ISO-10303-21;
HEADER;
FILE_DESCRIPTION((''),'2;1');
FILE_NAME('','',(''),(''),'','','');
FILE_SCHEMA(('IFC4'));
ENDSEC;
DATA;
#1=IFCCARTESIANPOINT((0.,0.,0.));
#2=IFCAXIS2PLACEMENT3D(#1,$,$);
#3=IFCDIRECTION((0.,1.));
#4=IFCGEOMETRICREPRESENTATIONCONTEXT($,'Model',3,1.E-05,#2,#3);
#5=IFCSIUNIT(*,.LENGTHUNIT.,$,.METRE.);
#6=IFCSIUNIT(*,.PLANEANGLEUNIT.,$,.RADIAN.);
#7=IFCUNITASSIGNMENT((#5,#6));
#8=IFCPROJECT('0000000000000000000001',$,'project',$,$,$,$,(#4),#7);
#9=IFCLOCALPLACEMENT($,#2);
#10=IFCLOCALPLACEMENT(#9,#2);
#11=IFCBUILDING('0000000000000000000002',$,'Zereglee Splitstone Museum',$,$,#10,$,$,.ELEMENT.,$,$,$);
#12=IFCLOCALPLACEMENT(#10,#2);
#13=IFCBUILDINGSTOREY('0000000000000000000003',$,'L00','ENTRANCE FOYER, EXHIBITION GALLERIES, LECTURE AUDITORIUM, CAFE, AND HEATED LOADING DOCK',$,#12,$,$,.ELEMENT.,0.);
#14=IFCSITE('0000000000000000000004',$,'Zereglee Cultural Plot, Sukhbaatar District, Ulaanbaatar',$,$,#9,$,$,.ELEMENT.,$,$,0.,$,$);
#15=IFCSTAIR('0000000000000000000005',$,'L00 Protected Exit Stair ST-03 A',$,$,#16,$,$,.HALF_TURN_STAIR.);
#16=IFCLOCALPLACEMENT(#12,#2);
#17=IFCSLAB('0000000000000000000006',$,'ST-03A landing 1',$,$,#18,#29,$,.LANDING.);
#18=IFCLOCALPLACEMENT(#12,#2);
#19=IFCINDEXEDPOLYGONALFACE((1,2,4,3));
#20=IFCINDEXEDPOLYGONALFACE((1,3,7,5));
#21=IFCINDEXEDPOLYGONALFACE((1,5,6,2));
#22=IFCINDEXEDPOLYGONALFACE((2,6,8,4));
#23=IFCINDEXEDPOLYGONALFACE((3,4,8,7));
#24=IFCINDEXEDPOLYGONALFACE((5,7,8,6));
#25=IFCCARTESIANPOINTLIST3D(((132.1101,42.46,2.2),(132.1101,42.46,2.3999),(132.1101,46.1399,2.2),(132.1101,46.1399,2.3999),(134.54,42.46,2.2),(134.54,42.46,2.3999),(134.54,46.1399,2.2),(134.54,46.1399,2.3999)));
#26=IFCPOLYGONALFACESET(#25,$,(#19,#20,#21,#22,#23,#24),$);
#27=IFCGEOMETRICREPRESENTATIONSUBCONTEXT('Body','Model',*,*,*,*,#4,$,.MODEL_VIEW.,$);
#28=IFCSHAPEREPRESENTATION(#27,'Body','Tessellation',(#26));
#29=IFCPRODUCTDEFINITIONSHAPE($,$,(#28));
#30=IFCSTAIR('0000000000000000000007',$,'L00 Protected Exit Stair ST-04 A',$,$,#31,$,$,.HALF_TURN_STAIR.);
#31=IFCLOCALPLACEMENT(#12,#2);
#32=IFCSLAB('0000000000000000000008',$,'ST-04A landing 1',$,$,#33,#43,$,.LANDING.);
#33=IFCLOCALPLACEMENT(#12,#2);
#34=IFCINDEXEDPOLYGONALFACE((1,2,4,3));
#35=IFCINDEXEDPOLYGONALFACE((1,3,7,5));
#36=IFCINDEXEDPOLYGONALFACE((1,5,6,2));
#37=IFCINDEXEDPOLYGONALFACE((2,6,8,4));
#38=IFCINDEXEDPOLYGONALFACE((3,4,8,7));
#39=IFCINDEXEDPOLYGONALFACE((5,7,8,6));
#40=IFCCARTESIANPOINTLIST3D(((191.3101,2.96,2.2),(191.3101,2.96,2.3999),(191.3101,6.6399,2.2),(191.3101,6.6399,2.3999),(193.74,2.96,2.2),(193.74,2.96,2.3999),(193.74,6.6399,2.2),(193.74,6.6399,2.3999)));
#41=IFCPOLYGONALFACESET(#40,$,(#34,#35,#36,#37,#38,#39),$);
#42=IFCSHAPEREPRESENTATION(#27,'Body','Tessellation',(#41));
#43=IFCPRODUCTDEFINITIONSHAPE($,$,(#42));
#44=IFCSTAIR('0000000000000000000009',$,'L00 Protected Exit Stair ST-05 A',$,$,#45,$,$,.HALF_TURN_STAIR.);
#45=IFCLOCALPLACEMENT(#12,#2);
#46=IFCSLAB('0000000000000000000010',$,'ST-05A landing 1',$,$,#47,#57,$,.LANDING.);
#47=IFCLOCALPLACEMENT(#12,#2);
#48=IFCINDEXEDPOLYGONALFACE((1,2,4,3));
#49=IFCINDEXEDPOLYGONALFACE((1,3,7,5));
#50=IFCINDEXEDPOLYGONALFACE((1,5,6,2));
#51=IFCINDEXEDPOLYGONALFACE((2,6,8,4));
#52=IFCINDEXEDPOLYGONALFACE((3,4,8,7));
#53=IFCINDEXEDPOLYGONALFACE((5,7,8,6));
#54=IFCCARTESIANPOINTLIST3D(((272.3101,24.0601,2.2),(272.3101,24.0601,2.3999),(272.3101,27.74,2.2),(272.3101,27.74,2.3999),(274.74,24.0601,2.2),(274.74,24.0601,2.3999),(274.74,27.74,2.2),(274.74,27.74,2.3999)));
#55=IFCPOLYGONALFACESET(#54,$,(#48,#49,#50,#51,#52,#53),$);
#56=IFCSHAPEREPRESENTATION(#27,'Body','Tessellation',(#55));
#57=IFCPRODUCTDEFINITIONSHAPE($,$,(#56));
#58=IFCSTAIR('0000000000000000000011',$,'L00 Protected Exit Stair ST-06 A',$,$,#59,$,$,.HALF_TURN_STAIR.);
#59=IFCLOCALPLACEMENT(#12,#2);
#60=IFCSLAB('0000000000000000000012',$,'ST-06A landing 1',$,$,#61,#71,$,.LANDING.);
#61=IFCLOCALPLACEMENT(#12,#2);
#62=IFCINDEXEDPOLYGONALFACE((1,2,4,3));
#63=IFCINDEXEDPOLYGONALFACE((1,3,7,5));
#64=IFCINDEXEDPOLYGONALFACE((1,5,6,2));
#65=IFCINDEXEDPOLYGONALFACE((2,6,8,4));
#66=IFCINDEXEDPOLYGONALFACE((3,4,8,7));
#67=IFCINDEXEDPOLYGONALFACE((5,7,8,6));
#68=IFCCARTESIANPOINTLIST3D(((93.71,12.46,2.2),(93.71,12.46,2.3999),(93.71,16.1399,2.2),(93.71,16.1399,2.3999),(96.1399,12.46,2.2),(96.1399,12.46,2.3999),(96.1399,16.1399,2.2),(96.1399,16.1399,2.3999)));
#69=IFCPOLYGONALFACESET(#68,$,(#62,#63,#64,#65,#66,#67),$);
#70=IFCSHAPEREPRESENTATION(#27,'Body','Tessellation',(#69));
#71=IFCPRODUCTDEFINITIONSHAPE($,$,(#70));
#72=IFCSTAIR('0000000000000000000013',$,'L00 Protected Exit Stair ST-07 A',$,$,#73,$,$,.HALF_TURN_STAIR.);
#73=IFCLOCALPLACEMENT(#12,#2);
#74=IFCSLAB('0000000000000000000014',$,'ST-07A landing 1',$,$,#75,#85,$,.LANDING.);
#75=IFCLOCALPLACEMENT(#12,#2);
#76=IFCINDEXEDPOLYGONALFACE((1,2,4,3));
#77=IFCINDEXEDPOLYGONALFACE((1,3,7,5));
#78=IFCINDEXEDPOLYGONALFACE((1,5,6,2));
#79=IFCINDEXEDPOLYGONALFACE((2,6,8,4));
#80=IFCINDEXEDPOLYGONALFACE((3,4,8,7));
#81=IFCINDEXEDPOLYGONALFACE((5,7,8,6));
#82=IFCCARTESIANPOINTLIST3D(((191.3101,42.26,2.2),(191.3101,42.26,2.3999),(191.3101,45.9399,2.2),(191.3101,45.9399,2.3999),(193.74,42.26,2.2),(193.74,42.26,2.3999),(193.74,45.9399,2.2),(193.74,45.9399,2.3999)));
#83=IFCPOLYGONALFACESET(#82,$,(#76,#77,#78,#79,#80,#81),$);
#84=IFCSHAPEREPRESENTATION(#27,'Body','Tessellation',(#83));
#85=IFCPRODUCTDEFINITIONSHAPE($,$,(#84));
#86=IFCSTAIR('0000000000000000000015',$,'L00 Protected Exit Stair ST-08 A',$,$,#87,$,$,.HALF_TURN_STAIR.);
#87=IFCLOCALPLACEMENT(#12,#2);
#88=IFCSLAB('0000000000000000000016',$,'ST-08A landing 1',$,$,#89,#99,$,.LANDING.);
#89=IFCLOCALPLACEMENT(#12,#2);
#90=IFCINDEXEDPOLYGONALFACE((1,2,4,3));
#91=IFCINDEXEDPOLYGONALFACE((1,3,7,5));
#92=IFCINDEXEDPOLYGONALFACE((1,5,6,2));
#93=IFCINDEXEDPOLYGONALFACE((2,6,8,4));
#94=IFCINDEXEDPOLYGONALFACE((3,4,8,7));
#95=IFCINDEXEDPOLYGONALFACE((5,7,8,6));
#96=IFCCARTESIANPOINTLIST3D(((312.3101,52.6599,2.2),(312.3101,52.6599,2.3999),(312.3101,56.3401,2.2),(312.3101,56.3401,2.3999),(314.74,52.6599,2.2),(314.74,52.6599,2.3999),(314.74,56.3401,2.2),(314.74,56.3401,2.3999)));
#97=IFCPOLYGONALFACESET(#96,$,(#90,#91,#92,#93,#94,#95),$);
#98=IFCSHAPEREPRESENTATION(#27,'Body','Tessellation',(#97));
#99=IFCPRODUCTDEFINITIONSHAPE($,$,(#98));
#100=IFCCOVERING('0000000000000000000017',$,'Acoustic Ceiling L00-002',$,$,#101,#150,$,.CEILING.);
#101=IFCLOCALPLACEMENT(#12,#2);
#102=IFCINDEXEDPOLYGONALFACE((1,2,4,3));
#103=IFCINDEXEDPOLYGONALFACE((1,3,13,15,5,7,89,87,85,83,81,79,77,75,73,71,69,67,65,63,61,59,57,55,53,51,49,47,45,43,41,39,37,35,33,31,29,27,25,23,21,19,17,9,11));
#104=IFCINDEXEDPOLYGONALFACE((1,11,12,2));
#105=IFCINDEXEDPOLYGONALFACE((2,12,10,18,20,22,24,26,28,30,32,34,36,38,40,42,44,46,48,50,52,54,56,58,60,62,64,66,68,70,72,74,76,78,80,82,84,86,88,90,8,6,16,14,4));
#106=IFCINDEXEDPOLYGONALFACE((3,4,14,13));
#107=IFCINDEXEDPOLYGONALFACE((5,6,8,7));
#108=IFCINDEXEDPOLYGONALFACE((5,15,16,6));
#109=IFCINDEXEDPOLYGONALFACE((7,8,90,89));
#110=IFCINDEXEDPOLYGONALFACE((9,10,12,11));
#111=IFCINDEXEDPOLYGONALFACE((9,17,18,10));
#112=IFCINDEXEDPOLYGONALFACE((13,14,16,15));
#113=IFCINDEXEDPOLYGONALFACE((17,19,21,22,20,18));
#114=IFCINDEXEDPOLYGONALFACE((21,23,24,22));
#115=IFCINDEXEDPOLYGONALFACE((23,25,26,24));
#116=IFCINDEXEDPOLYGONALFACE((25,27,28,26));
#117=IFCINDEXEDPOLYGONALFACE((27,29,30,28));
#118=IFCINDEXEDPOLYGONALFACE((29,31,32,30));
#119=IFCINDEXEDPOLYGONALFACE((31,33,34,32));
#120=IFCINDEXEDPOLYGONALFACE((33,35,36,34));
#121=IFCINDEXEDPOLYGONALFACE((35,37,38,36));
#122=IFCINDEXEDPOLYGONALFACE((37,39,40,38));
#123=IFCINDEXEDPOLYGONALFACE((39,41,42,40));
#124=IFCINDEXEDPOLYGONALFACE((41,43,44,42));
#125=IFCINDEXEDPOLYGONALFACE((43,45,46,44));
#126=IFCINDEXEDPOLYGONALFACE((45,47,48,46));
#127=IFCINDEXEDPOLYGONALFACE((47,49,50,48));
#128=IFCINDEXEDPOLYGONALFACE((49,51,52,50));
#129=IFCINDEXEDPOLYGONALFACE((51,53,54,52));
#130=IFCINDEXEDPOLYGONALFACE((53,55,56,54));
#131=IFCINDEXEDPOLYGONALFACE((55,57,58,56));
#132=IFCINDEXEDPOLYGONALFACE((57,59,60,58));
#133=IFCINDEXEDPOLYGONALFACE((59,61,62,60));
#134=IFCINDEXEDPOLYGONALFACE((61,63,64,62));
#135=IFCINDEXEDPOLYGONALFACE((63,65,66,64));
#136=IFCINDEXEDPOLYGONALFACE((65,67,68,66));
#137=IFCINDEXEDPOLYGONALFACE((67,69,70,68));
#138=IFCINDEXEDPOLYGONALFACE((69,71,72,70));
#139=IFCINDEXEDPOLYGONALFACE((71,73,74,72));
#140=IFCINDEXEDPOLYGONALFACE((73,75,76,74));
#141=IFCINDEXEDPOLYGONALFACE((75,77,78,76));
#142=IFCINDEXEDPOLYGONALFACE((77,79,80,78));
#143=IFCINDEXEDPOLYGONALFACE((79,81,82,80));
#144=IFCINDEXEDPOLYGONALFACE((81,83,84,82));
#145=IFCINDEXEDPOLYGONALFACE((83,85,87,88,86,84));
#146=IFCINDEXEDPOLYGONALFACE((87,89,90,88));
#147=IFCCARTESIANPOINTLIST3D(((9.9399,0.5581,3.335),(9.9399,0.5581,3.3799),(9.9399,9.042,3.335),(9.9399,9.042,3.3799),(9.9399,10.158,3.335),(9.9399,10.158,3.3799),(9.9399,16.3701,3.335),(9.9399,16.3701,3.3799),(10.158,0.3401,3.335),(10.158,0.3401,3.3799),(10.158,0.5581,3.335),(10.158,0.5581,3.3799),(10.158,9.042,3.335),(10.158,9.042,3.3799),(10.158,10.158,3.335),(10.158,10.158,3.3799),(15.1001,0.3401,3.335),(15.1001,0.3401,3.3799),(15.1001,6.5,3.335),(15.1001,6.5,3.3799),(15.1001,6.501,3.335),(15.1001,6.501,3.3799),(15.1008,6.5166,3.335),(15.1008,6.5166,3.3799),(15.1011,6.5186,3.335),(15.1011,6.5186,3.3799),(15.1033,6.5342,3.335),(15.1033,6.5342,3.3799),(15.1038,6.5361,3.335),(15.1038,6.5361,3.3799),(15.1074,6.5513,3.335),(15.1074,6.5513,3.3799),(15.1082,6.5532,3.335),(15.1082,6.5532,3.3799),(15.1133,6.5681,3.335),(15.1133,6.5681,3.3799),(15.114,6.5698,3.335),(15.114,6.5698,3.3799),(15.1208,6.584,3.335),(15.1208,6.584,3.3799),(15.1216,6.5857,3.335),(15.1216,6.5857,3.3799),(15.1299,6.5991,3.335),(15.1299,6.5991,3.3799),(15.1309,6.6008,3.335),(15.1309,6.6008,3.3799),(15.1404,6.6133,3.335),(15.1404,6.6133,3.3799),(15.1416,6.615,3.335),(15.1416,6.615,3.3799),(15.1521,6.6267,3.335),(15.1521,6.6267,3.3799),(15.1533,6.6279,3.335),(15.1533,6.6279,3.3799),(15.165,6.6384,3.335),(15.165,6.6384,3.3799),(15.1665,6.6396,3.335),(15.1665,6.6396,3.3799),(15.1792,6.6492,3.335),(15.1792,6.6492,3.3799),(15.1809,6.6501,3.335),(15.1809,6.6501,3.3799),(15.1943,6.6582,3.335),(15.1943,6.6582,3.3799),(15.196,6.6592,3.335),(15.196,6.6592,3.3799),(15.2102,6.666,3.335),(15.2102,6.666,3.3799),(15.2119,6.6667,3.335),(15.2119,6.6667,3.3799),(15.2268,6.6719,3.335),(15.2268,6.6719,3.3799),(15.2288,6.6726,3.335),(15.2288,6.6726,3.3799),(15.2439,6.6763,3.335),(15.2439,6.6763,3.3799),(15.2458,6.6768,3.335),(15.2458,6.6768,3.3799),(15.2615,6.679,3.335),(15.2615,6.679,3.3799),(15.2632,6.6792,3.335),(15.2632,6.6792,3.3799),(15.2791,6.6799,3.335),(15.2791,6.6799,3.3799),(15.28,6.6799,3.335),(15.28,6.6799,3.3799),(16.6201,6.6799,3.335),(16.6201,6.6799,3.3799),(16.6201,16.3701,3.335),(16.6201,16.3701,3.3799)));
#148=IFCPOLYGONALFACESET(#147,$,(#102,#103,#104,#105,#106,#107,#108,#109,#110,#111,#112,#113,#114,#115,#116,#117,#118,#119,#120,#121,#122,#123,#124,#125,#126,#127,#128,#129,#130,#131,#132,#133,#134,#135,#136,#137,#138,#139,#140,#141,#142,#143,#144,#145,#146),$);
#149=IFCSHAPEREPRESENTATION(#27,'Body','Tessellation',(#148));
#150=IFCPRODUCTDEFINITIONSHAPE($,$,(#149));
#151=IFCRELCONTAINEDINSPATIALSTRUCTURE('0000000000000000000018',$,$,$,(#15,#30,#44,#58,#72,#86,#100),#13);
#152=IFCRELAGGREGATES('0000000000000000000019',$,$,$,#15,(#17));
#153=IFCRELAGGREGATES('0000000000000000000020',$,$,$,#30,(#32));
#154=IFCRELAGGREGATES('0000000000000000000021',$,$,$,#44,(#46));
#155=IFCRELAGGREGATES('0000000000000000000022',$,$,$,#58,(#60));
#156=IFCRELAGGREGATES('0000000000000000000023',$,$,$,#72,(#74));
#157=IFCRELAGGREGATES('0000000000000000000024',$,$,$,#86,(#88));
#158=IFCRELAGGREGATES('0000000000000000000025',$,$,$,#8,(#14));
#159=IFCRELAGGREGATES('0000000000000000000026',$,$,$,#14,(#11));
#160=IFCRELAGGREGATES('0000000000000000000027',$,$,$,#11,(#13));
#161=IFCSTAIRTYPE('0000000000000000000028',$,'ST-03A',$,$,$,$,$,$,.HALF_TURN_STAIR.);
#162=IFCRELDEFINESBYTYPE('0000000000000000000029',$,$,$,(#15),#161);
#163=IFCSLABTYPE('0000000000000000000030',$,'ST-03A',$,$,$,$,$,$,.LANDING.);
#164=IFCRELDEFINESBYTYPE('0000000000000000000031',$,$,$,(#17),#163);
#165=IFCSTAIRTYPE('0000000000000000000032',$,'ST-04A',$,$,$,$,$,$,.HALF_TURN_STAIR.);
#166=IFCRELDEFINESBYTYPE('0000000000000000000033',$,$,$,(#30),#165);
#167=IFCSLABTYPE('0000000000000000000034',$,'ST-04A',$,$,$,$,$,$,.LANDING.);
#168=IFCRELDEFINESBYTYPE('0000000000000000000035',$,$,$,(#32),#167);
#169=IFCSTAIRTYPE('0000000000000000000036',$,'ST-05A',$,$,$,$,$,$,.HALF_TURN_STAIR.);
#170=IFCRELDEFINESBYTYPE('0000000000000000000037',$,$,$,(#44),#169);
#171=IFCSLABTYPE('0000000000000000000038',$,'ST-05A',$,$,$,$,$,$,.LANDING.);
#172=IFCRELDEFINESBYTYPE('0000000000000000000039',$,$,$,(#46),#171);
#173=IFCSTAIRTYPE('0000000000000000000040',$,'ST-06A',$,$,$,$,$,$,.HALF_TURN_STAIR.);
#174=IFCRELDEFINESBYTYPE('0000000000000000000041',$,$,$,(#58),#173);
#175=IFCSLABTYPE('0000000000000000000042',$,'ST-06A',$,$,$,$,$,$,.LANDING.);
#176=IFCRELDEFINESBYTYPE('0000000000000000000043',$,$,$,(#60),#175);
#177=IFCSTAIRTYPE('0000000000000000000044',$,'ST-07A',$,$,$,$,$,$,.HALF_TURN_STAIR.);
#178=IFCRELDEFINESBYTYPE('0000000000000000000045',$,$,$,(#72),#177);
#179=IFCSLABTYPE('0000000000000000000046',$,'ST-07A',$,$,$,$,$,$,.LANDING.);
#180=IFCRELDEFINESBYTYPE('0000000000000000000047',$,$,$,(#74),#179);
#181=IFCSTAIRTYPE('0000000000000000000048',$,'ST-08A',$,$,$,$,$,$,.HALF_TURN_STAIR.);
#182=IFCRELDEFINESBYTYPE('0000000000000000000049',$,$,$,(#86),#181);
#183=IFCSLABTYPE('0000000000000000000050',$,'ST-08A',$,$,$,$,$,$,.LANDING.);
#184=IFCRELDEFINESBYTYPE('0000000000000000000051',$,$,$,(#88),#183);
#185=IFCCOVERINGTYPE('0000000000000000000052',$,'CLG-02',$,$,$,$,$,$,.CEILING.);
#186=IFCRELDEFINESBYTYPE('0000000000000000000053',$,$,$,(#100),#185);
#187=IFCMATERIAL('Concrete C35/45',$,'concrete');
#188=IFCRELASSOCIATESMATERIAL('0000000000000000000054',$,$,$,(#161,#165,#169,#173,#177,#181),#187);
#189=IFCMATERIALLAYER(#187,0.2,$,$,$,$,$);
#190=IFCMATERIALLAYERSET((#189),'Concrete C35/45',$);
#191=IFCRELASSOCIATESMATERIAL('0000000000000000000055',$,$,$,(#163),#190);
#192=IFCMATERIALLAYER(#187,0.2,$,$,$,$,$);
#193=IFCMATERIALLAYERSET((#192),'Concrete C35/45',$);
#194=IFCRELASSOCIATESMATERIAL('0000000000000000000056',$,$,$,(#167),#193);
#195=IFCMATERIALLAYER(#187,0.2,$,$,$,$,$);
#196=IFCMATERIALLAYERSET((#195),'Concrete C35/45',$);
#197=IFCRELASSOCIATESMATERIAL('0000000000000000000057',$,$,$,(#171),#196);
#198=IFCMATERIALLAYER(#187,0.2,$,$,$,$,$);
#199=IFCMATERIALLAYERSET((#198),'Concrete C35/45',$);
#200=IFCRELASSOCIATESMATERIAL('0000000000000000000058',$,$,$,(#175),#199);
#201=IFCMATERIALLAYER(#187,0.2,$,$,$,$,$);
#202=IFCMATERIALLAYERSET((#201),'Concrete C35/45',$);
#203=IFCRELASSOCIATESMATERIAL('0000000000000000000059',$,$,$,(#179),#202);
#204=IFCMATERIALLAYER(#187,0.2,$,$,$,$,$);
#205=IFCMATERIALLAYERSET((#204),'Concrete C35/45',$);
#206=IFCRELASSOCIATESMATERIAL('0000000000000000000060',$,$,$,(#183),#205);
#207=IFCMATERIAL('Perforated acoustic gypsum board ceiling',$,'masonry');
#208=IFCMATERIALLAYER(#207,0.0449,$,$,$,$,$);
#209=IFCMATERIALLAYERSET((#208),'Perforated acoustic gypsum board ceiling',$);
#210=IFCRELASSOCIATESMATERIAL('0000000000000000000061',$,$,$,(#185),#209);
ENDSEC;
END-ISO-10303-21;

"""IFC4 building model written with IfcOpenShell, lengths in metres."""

from ifc_helpers import new_model, si_unit, direction, frame, origin, place, context, subcontext, project, spatial, polyline, outline, extrude, material, layer, layer_set, type_object, element, aggregate, save


model = new_model("IFC4")

# Units and contexts
model_context = context("Model", 3, precision=1e-05, world=origin(), true_north=direction((0.0, 1.0)))
body_context = subcontext(model_context, "Body", "Model", "MODEL_VIEW")
ifc_project = project(units=[si_unit("LENGTHUNIT", "METRE"), si_unit("PLANEANGLEUNIT", "RADIAN")], contexts=[model_context])

# Site, building, storey
site_placement = place(None, origin())
site = spatial("IfcSite", under=ifc_project, at=site_placement, Name="Zereglee Cultural Plot, Sukhbaatar District, Ulaanbaatar", CompositionType="ELEMENT", RefElevation=0.0)
building_placement = place(site_placement, origin())
building = spatial("IfcBuilding", under=site, at=building_placement, Name="Zereglee Splitstone Museum", CompositionType="ELEMENT")
storey_placement = place(building_placement, origin())
storey = spatial("IfcBuildingStorey", under=building, at=storey_placement, Name="L00", Description="ENTRANCE FOYER, EXHIBITION GALLERIES, LECTURE AUDITORIUM, CAFE, AND HEATED LOADING DOCK", CompositionType="ELEMENT", Elevation=0.0)

# Shared definitions
ifc_material_1 = material(Name="Concrete C35/45", Category="concrete")

# Stairs, slabs
stair_type_1 = type_object("IfcStairType", Name="ST-03A", PredefinedType="HALF_TURN_STAIR", material=ifc_material_1)
stair_1_placement = place(storey_placement, origin())
stair_1 = element("IfcStair", 1, at=stair_1_placement, inside=storey, type_object=stair_type_1, Name="L00 Protected Exit Stair ST-03 A", PredefinedType="HALF_TURN_STAIR")
ifc_layer_1 = layer(ifc_material_1, 0.2)
ifc_layer_set_1 = layer_set([ifc_layer_1], Name="Concrete C35/45")
slab_type_1 = type_object("IfcSlabType", Name="ST-03A", PredefinedType="LANDING", material=ifc_layer_set_1)
slab_1_placement = place(storey_placement, frame((0.0, 0.0, 2.2)))
slab_1 = element("IfcSlab", 2, at=slab_1_placement, type_object=slab_type_1, Name="ST-03A landing 1", PredefinedType="LANDING", context=body_context, shape_type="SweptSolid", body=[
    extrude(outline(polyline([(132.1101, 42.46), (134.54, 42.46), (134.54, 46.1399), (132.1101, 46.1399), (132.1101, 42.46)])), origin(), (0.0, 0.0, 1.0), 0.2),
])
aggregate(stair_1, [slab_1])
stair_type_2 = type_object("IfcStairType", Name="ST-04A", PredefinedType="HALF_TURN_STAIR", material=ifc_material_1)
stair_2_placement = place(storey_placement, origin())
stair_2 = element("IfcStair", 3, at=stair_2_placement, inside=storey, type_object=stair_type_2, Name="L00 Protected Exit Stair ST-04 A", PredefinedType="HALF_TURN_STAIR")
ifc_layer_2 = layer(ifc_material_1, 0.2)
ifc_layer_set_2 = layer_set([ifc_layer_2], Name="Concrete C35/45")
slab_type_2 = type_object("IfcSlabType", Name="ST-04A", PredefinedType="LANDING", material=ifc_layer_set_2)
slab_2_placement = place(storey_placement, frame((0.0, 0.0, 2.2)))
slab_2 = element("IfcSlab", 4, at=slab_2_placement, type_object=slab_type_2, Name="ST-04A landing 1", PredefinedType="LANDING", context=body_context, shape_type="SweptSolid", body=[
    extrude(outline(polyline([(191.3101, 2.96), (193.74, 2.96), (193.74, 6.6399), (191.3101, 6.6399), (191.3101, 2.96)])), origin(), (0.0, 0.0, 1.0), 0.2),
])
aggregate(stair_2, [slab_2])
stair_type_3 = type_object("IfcStairType", Name="ST-05A", PredefinedType="HALF_TURN_STAIR", material=ifc_material_1)
stair_3_placement = place(storey_placement, origin())
stair_3 = element("IfcStair", 5, at=stair_3_placement, inside=storey, type_object=stair_type_3, Name="L00 Protected Exit Stair ST-05 A", PredefinedType="HALF_TURN_STAIR")
ifc_layer_3 = layer(ifc_material_1, 0.2)
ifc_layer_set_3 = layer_set([ifc_layer_3], Name="Concrete C35/45")
slab_type_3 = type_object("IfcSlabType", Name="ST-05A", PredefinedType="LANDING", material=ifc_layer_set_3)
slab_3_placement = place(storey_placement, frame((0.0, 0.0, 2.2)))
slab_3 = element("IfcSlab", 6, at=slab_3_placement, type_object=slab_type_3, Name="ST-05A landing 1", PredefinedType="LANDING", context=body_context, shape_type="SweptSolid", body=[
    extrude(outline(polyline([(272.3101, 24.0601), (274.74, 24.0601), (274.74, 27.74), (272.3101, 27.74), (272.3101, 24.0601)])), origin(), (0.0, 0.0, 1.0), 0.2),
])
aggregate(stair_3, [slab_3])
stair_type_4 = type_object("IfcStairType", Name="ST-06A", PredefinedType="HALF_TURN_STAIR", material=ifc_material_1)
stair_4_placement = place(storey_placement, origin())
stair_4 = element("IfcStair", 7, at=stair_4_placement, inside=storey, type_object=stair_type_4, Name="L00 Protected Exit Stair ST-06 A", PredefinedType="HALF_TURN_STAIR")
ifc_layer_4 = layer(ifc_material_1, 0.2)
ifc_layer_set_4 = layer_set([ifc_layer_4], Name="Concrete C35/45")
slab_type_4 = type_object("IfcSlabType", Name="ST-06A", PredefinedType="LANDING", material=ifc_layer_set_4)
slab_4_placement = place(storey_placement, frame((0.0, 0.0, 2.2)))
slab_4 = element("IfcSlab", 8, at=slab_4_placement, type_object=slab_type_4, Name="ST-06A landing 1", PredefinedType="LANDING", context=body_context, shape_type="SweptSolid", body=[
    extrude(outline(polyline([(93.71, 12.46), (96.1399, 12.46), (96.1399, 16.1399), (93.71, 16.1399), (93.71, 12.46)])), origin(), (0.0, 0.0, 1.0), 0.2),
])
aggregate(stair_4, [slab_4])
stair_type_5 = type_object("IfcStairType", Name="ST-07A", PredefinedType="HALF_TURN_STAIR", material=ifc_material_1)
stair_5_placement = place(storey_placement, origin())
stair_5 = element("IfcStair", 9, at=stair_5_placement, inside=storey, type_object=stair_type_5, Name="L00 Protected Exit Stair ST-07 A", PredefinedType="HALF_TURN_STAIR")
ifc_layer_5 = layer(ifc_material_1, 0.2)
ifc_layer_set_5 = layer_set([ifc_layer_5], Name="Concrete C35/45")
slab_type_5 = type_object("IfcSlabType", Name="ST-07A", PredefinedType="LANDING", material=ifc_layer_set_5)
slab_5_placement = place(storey_placement, frame((0.0, 0.0, 2.2)))
slab_5 = element("IfcSlab", 10, at=slab_5_placement, type_object=slab_type_5, Name="ST-07A landing 1", PredefinedType="LANDING", context=body_context, shape_type="SweptSolid", body=[
    extrude(outline(polyline([(191.3101, 42.26), (193.74, 42.26), (193.74, 45.9399), (191.3101, 45.9399), (191.3101, 42.26)])), origin(), (0.0, 0.0, 1.0), 0.2),
])
aggregate(stair_5, [slab_5])
stair_type_6 = type_object("IfcStairType", Name="ST-08A", PredefinedType="HALF_TURN_STAIR", material=ifc_material_1)
stair_6_placement = place(storey_placement, origin())
stair_6 = element("IfcStair", 11, at=stair_6_placement, inside=storey, type_object=stair_type_6, Name="L00 Protected Exit Stair ST-08 A", PredefinedType="HALF_TURN_STAIR")
ifc_layer_6 = layer(ifc_material_1, 0.2)
ifc_layer_set_6 = layer_set([ifc_layer_6], Name="Concrete C35/45")
slab_type_6 = type_object("IfcSlabType", Name="ST-08A", PredefinedType="LANDING", material=ifc_layer_set_6)
slab_6_placement = place(storey_placement, frame((0.0, 0.0, 2.2)))
slab_6 = element("IfcSlab", 12, at=slab_6_placement, type_object=slab_type_6, Name="ST-08A landing 1", PredefinedType="LANDING", context=body_context, shape_type="SweptSolid", body=[
    extrude(outline(polyline([(312.3101, 52.6599), (314.74, 52.6599), (314.74, 56.3401), (312.3101, 56.3401), (312.3101, 52.6599)])), origin(), (0.0, 0.0, 1.0), 0.2),
])
aggregate(stair_6, [slab_6])

# Covering
ifc_material_2 = material(Name="Perforated acoustic gypsum board ceiling", Category="masonry")
ifc_layer_7 = layer(ifc_material_2, 0.0449)
ifc_layer_set_7 = layer_set([ifc_layer_7], Name="Perforated acoustic gypsum board ceiling")
covering_type_1 = type_object("IfcCoveringType", Name="CLG-02", PredefinedType="CEILING", material=ifc_layer_set_7)
covering_1_placement = place(storey_placement, frame((0.0, 0.0, 3.335)))
element("IfcCovering", 13, at=covering_1_placement, inside=storey, type_object=covering_type_1, Name="Acoustic Ceiling L00-002", PredefinedType="CEILING", context=body_context, shape_type="SweptSolid", body=[
    extrude(outline(polyline([(16.6201, 6.6799), (15.28, 6.6799), (15.2791, 6.6799), (15.2632, 6.6792), (15.2615, 6.679), (15.2458, 6.6768), (15.2439, 6.6763), (15.2288, 6.6726), (15.2268, 6.6719), (15.2119, 6.6667), (15.2102, 6.666), (15.196, 6.6592), (15.1943, 6.6582), (15.1809, 6.6501), (15.1792, 6.6492), (15.1665, 6.6396), (15.165, 6.6384), (15.1533, 6.6279), (15.1521, 6.6267), (15.1416, 6.615), (15.1404, 6.6133), (15.1309, 6.6008), (15.1299, 6.5991), (15.1216, 6.5857), (15.1208, 6.584), (15.114, 6.5698), (15.1133, 6.5681), (15.1082, 6.5532), (15.1074, 6.5513), (15.1038, 6.5361), (15.1033, 6.5342), (15.1011, 6.5186), (15.1008, 6.5166), (15.1001, 6.501), (15.1001, 6.5), (15.1001, 0.3401), (10.158, 0.3401), (10.158, 0.5581), (9.9399, 0.5581), (9.9399, 9.042), (10.158, 9.042), (10.158, 10.158), (9.9399, 10.158), (9.9399, 16.3701), (16.6201, 16.3701), (16.6201, 6.6799)])), origin(), (0.0, 0.0, 1.0), 0.0449),
])

save(model, "model.ifc")
